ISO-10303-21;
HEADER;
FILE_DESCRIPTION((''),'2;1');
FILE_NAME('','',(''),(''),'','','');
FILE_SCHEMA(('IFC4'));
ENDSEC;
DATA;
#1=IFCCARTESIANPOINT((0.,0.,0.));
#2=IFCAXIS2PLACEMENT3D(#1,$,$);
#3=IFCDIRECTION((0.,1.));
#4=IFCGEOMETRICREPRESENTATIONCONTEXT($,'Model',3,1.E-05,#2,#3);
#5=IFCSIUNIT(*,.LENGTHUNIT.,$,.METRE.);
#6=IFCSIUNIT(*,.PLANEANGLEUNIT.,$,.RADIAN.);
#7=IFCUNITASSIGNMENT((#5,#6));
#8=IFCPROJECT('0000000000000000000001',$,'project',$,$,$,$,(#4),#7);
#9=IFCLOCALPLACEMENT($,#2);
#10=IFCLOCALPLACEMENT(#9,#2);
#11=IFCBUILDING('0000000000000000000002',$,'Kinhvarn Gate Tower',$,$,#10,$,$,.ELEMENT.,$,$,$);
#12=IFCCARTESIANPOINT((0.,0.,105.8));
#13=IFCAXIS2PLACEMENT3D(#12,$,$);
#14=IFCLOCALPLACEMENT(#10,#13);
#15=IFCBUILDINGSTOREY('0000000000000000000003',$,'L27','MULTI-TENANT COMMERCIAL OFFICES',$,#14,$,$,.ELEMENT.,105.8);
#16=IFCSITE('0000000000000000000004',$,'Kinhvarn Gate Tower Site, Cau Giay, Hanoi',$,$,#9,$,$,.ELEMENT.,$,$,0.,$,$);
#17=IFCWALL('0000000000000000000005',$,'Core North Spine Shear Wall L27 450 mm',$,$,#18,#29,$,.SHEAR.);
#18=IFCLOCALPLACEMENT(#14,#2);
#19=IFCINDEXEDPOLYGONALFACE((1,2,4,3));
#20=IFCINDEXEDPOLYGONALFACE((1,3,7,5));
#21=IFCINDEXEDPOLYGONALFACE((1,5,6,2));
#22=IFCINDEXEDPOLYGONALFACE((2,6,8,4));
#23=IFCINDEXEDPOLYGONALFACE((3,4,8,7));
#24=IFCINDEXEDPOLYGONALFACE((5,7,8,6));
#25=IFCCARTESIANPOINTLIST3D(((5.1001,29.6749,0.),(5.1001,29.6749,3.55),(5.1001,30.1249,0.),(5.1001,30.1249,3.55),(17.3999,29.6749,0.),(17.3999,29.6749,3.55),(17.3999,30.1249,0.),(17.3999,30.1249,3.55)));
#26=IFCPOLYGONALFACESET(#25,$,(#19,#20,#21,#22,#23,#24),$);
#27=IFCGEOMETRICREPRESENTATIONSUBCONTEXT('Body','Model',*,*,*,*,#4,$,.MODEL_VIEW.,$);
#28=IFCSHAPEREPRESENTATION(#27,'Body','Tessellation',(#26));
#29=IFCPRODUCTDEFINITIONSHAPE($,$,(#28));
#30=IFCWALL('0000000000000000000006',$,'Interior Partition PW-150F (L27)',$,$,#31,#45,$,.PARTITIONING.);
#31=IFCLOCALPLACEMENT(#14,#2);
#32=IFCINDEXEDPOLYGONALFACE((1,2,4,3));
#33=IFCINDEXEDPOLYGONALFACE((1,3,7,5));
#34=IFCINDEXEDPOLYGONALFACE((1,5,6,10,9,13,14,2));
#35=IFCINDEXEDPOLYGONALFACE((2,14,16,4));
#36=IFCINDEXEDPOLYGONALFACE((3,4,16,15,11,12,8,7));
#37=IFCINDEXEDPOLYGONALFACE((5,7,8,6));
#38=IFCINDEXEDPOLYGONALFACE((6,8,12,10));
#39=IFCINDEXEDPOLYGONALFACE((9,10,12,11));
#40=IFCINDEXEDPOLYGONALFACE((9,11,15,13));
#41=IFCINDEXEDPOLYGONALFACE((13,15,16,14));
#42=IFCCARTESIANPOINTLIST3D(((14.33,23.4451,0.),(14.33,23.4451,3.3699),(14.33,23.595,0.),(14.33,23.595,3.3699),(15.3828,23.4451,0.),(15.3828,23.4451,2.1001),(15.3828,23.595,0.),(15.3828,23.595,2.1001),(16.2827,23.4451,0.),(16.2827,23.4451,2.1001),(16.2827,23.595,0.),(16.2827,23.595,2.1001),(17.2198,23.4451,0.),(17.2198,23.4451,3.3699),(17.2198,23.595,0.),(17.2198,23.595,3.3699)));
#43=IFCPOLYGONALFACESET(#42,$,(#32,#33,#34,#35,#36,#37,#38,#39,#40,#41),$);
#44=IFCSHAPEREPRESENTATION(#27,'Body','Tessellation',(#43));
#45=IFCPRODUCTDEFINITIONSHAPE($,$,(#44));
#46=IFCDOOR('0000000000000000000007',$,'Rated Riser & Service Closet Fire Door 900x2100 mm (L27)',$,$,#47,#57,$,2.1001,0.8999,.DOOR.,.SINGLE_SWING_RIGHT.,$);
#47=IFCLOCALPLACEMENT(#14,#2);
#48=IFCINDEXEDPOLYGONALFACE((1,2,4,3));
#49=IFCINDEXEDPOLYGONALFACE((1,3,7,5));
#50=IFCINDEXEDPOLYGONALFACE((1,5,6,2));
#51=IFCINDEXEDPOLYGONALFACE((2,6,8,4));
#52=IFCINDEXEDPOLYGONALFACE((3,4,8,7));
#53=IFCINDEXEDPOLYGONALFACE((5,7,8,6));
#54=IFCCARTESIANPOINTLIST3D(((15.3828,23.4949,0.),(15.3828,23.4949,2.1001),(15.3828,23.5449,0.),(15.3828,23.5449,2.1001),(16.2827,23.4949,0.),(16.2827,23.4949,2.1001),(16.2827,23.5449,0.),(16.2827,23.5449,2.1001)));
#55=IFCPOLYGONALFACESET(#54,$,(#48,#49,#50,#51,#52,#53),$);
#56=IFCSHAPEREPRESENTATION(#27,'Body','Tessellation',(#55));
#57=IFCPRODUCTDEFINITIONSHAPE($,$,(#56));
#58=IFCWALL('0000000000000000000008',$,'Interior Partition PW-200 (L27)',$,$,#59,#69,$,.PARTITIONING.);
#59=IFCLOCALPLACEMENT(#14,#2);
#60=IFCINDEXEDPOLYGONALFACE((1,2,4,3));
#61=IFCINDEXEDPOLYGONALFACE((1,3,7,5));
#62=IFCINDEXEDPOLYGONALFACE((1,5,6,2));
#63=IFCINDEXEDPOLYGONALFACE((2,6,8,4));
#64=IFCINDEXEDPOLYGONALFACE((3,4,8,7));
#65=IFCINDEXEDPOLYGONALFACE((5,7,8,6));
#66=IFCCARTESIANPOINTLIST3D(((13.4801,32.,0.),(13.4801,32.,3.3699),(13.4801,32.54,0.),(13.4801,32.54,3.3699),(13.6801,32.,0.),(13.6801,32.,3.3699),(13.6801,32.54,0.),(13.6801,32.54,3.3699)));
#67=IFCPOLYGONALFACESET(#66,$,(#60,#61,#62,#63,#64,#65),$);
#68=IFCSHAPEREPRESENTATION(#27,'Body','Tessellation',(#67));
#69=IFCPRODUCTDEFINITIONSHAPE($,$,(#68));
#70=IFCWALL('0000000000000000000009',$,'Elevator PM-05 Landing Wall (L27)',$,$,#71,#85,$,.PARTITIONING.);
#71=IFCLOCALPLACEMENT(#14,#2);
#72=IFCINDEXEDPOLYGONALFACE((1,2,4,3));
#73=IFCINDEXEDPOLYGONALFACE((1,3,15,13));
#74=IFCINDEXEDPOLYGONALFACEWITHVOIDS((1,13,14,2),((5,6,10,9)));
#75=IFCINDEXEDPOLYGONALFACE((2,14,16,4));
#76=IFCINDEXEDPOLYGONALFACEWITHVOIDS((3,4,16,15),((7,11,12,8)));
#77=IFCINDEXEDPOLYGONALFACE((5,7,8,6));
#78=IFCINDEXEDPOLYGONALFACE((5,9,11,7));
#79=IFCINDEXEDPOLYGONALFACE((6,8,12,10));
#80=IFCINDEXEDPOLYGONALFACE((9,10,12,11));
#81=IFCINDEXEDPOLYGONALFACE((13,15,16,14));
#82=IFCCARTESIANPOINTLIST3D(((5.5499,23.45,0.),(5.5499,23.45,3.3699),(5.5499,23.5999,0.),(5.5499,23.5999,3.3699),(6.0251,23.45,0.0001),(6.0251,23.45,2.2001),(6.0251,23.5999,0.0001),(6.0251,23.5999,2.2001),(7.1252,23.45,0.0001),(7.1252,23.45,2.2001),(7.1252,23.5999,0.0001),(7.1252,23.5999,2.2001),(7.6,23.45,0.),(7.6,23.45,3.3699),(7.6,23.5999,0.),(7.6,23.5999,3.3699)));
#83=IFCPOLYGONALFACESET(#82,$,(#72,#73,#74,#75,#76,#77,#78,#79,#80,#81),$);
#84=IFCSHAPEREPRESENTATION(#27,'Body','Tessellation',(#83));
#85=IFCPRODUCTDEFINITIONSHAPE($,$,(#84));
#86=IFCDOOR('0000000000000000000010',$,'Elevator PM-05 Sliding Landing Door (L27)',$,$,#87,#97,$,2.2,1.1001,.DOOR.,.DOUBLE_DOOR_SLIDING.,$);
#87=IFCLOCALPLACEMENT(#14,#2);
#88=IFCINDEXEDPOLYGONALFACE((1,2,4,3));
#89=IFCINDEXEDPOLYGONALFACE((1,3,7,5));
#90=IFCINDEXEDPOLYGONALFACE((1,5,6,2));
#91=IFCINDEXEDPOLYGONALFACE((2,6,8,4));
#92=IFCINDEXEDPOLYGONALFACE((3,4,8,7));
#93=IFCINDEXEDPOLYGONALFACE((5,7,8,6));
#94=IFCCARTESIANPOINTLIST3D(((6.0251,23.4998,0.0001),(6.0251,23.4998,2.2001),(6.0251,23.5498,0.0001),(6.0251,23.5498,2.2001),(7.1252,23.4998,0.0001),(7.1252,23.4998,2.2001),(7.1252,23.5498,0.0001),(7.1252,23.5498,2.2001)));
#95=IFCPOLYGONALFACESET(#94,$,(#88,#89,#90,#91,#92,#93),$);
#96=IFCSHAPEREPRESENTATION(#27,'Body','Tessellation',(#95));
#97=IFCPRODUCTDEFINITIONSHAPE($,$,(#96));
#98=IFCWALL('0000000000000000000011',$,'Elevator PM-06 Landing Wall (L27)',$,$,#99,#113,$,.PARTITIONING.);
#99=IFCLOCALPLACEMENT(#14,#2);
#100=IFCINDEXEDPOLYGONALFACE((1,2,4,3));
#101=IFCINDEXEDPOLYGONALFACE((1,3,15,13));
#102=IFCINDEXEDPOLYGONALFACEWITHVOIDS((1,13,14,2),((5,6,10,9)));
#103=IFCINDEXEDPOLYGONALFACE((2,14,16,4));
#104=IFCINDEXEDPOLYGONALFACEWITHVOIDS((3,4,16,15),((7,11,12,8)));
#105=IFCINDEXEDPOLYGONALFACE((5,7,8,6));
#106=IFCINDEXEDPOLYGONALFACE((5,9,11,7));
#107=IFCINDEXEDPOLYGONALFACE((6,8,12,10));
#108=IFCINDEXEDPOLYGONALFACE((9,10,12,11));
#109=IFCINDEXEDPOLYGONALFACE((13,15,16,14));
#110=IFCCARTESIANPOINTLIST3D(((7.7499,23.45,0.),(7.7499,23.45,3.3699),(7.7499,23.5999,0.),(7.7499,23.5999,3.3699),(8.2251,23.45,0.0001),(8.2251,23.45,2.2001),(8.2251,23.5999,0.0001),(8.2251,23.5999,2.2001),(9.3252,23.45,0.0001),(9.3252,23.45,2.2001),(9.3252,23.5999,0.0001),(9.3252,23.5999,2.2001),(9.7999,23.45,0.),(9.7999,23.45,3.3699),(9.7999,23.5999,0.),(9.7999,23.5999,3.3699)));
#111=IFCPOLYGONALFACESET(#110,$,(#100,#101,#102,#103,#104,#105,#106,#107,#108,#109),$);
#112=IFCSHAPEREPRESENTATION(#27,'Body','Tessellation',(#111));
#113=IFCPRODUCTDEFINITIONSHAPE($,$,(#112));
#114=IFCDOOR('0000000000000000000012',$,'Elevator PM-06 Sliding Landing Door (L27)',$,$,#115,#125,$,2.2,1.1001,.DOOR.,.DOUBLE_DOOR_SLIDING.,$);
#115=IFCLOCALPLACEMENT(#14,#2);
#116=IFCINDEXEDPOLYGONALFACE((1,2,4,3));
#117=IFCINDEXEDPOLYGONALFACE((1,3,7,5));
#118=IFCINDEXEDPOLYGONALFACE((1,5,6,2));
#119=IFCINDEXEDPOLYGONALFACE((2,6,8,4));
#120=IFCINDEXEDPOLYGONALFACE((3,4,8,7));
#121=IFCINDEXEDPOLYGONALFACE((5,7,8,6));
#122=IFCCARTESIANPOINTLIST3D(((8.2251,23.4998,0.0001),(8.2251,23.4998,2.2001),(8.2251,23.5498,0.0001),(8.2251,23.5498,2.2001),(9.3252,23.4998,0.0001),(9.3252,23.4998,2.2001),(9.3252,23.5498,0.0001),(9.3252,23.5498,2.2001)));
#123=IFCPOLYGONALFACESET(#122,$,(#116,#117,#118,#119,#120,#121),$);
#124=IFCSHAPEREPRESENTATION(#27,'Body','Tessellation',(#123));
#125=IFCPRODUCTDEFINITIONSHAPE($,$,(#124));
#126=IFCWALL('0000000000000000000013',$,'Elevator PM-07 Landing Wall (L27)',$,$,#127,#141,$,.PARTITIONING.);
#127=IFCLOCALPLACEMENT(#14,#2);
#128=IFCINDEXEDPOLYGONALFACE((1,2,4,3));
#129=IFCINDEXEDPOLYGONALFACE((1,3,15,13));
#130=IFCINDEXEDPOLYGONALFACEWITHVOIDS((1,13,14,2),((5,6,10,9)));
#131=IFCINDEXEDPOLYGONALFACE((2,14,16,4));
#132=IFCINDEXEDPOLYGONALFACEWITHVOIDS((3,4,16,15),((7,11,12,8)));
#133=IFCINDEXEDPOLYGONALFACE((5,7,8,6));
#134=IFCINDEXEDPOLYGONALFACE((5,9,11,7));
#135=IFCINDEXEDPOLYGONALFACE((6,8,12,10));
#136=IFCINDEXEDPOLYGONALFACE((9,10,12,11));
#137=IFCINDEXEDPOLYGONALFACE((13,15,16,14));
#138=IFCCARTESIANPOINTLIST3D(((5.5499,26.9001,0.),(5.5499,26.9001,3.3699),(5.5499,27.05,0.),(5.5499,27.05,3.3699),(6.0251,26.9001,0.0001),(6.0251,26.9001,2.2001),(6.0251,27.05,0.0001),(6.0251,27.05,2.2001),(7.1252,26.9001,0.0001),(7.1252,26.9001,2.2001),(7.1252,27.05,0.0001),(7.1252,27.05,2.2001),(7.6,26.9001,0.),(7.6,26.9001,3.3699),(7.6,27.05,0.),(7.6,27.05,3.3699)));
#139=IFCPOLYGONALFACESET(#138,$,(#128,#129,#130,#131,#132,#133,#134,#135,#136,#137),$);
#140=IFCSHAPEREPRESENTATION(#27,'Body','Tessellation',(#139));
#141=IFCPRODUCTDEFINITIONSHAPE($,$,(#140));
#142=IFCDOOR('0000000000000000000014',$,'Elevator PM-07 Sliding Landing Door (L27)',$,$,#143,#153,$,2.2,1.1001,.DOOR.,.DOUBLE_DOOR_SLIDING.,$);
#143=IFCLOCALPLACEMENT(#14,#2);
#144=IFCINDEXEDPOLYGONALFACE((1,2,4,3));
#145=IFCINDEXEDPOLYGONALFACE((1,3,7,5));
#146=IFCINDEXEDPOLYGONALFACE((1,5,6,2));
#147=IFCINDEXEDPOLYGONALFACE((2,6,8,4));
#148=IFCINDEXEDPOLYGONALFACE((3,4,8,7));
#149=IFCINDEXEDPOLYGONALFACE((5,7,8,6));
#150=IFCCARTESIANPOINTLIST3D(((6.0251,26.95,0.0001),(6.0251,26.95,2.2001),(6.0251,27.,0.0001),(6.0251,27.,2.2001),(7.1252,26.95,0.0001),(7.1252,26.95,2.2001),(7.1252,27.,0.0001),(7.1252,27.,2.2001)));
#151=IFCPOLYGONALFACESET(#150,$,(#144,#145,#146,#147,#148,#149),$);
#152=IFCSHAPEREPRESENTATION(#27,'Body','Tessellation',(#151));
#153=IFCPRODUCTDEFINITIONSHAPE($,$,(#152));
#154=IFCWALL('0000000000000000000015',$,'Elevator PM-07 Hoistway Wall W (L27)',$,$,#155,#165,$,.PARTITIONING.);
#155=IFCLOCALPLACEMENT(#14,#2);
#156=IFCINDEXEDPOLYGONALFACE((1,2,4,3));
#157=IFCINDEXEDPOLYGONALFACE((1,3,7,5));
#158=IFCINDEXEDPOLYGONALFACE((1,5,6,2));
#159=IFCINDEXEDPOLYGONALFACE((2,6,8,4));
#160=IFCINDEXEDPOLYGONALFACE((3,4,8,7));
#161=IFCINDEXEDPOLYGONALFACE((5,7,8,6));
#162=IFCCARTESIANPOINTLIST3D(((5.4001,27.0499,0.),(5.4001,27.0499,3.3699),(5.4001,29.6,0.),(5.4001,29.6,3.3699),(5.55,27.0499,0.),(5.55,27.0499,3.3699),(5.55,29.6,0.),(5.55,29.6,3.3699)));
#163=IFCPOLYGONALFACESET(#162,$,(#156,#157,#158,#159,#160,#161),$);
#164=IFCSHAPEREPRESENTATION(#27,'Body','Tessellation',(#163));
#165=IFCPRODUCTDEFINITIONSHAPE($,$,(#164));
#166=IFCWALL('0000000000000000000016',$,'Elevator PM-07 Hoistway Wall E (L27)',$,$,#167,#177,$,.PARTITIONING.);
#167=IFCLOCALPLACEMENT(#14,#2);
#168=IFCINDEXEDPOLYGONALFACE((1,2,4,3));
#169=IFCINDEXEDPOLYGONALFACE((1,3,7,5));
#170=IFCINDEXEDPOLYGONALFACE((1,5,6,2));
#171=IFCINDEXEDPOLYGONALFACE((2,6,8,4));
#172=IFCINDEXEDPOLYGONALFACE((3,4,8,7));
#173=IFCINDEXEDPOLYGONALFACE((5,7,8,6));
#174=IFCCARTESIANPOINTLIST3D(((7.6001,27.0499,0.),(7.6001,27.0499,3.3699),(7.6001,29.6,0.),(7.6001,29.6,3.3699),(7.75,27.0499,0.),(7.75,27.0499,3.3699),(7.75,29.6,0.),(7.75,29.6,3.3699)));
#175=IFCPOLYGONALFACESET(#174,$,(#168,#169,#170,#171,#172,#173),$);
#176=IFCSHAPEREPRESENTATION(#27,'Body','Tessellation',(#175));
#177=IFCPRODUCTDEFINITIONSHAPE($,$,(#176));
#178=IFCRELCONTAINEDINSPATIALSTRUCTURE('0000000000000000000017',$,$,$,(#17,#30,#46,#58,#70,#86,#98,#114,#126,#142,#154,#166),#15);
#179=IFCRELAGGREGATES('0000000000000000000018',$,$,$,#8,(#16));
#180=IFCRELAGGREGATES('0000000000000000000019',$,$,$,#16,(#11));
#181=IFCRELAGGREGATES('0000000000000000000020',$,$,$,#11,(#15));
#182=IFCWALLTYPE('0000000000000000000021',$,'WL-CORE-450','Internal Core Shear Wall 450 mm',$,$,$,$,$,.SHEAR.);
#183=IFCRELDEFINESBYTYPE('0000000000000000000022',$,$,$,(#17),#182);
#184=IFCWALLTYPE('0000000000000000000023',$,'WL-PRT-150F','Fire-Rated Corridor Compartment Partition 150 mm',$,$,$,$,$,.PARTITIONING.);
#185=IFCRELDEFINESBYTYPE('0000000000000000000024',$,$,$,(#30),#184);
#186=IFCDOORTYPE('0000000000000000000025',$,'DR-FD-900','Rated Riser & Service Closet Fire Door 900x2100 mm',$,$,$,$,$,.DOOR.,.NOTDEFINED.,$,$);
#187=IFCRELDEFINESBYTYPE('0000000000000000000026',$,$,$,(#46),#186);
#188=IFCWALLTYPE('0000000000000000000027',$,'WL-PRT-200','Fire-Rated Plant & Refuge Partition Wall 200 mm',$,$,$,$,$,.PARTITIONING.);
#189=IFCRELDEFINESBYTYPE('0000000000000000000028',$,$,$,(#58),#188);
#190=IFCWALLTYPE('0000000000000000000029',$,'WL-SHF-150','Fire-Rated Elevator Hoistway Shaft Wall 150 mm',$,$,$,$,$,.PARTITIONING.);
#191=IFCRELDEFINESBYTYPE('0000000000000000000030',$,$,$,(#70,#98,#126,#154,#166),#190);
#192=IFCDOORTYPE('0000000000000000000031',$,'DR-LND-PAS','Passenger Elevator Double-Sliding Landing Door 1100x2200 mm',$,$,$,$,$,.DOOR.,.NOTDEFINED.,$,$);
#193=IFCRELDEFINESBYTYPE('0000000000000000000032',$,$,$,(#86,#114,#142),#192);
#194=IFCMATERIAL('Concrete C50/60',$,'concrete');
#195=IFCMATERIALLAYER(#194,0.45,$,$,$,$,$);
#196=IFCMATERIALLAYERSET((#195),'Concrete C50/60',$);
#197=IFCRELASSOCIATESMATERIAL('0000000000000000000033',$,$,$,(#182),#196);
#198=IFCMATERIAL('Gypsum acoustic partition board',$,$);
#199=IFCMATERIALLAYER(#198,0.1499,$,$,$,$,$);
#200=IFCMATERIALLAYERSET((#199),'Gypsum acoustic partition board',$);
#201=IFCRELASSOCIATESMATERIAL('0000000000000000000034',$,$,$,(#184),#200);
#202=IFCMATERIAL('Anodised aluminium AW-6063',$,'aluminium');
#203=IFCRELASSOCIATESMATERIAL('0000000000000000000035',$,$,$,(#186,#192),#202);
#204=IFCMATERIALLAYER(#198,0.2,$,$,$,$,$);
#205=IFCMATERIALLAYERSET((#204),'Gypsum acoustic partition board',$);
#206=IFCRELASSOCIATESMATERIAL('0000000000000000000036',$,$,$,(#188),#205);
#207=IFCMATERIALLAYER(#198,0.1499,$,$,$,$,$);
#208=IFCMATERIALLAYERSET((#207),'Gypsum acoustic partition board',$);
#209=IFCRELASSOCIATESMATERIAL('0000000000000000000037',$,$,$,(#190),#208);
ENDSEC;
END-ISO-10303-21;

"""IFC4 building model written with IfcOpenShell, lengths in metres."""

from ifc_helpers import new_model, si_unit, direction, frame, frame_2d, origin, place, context, subcontext, project, spatial, rectangle, extrude, material, layer, layer_set, type_object, element, fill, save


model = new_model("IFC4")

# Units and contexts
model_context = context("Model", 3, precision=1e-05, world=origin(), true_north=direction((0.0, 1.0)))
body_context = subcontext(model_context, "Body", "Model", "MODEL_VIEW")
ifc_project = project(units=[si_unit("LENGTHUNIT", "METRE"), si_unit("PLANEANGLEUNIT", "RADIAN")], contexts=[model_context])

# Site, building, storey
site_placement = place(None, origin())
site = spatial("IfcSite", under=ifc_project, at=site_placement, Name="Kinhvarn Gate Tower Site, Cau Giay, Hanoi", CompositionType="ELEMENT", RefElevation=0.0)
building_placement = place(site_placement, origin())
building = spatial("IfcBuilding", under=site, at=building_placement, Name="Kinhvarn Gate Tower", CompositionType="ELEMENT")
storey_placement = place(building_placement, frame((0.0, 0.0, 105.8)))
storey = spatial("IfcBuildingStorey", under=building, at=storey_placement, Name="L27", Description="MULTI-TENANT COMMERCIAL OFFICES", CompositionType="ELEMENT", Elevation=105.8)

# Wall
ifc_material_1 = material(Name="Concrete C50/60", Category="concrete")
ifc_layer_1 = layer(ifc_material_1, 0.45)
ifc_layer_set_1 = layer_set([ifc_layer_1], Name="Concrete C50/60")
wall_type_1 = type_object("IfcWallType", Name="WL-CORE-450", Description="Internal Core Shear Wall 450 mm", PredefinedType="SHEAR", material=ifc_layer_set_1)
wall_1_placement = place(storey_placement, frame((5.1001, 29.8999, 0.0), z_axis=(0.0, 0.0, 1.0), x_axis=(1.0, 0.0, 0.0)))
element("IfcWall", 1, at=wall_1_placement, inside=storey, type_object=wall_type_1, Name="Core North Spine Shear Wall L27 450 mm", PredefinedType="SHEAR", context=body_context, shape_type="SweptSolid", body=[
    extrude(rectangle(XDim=12.2998, YDim=0.45, at=frame_2d((6.1499, 0.0))), origin(), (0.0, 0.0, 1.0), 3.55),
])

# Wall, opening, door
ifc_material_2 = material(Name="Gypsum acoustic partition board")
ifc_layer_2 = layer(ifc_material_2, 0.1499)
ifc_layer_set_2 = layer_set([ifc_layer_2], Name="Gypsum acoustic partition board")
wall_type_2 = type_object("IfcWallType", Name="WL-PRT-150F", Description="Fire-Rated Corridor Compartment Partition 150 mm", PredefinedType="PARTITIONING", material=ifc_layer_set_2)
wall_2_placement = place(storey_placement, frame((14.3301, 23.52, 0.0), z_axis=(0.0, 0.0, 1.0), x_axis=(1.0, 0.0, 0.0)))
wall_2 = element("IfcWall", 2, at=wall_2_placement, inside=storey, type_object=wall_type_2, Name="Interior Partition PW-150F (L27)", PredefinedType="PARTITIONING", context=body_context, shape_type="SweptSolid", body=[
    extrude(rectangle(XDim=2.8899, YDim=0.1499, at=frame_2d((1.4448, 0.0))), origin(), (0.0, 0.0, 1.0), 3.3699),
])
opening_1_placement = place(wall_2_placement, frame((1.0527, 0.0, 0.0)))
opening_1 = element("IfcOpeningElement", 3, at=opening_1_placement, cuts=wall_2, PredefinedType="OPENING", context=body_context, shape_type="SweptSolid", body=[
    extrude(rectangle(XDim=0.8999, YDim=2.1001, at=frame_2d((0.45, 1.05))), frame((0.0, 0.085, 0.0), z_axis=(0.0, -1.0, 0.0), x_axis=(1.0, 0.0, 0.0)), (0.0, 0.0, 1.0), 0.1699),
])
ifc_material_3 = material(Name="Anodised aluminium AW-6063", Category="aluminium")
door_type_1 = type_object("IfcDoorType", Name="DR-FD-900", Description="Rated Riser & Service Closet Fire Door 900x2100 mm", OperationType="NOTDEFINED", PredefinedType="DOOR", material=ifc_material_3)
door_1_placement = place(opening_1_placement, origin())
door_1 = element("IfcDoor", 4, at=door_1_placement, inside=storey, type_object=door_type_1, Name="Rated Riser & Service Closet Fire Door 900x2100 mm (L27)", OperationType="SINGLE_SWING_RIGHT", OverallHeight=2.1001, OverallWidth=0.8999, PredefinedType="DOOR", context=body_context, shape_type="SweptSolid", body=[
    extrude(rectangle(XDim=0.8999, YDim=2.1001, at=frame_2d((0.45, 1.05))), frame((0.0, 0.0249, 0.0), z_axis=(0.0, -1.0, 0.0), x_axis=(1.0, 0.0, 0.0)), (0.0, 0.0, 1.0), 0.05),
])
fill(opening_1, door_1)

# Wall
ifc_layer_3 = layer(ifc_material_2, 0.2)
ifc_layer_set_3 = layer_set([ifc_layer_3], Name="Gypsum acoustic partition board")
wall_type_3 = type_object("IfcWallType", Name="WL-PRT-200", Description="Fire-Rated Plant & Refuge Partition Wall 200 mm", PredefinedType="PARTITIONING", material=ifc_layer_set_3)
wall_3_placement = place(storey_placement, frame((13.5801, 32.0, 0.0), z_axis=(0.0, 0.0, 1.0), x_axis=(0.0, 1.0, 0.0)))
element("IfcWall", 5, at=wall_3_placement, inside=storey, type_object=wall_type_3, Name="Interior Partition PW-200 (L27)", PredefinedType="PARTITIONING", context=body_context, shape_type="SweptSolid", body=[
    extrude(rectangle(XDim=0.54, YDim=0.2, at=frame_2d((0.27, 0.0))), origin(), (0.0, 0.0, 1.0), 3.3699),
])

# Walls, openings, doors
ifc_layer_4 = layer(ifc_material_2, 0.1499)
ifc_layer_set_4 = layer_set([ifc_layer_4], Name="Gypsum acoustic partition board")
wall_type_4 = type_object("IfcWallType", Name="WL-SHF-150", Description="Fire-Rated Elevator Hoistway Shaft Wall 150 mm", PredefinedType="PARTITIONING", material=ifc_layer_set_4)
wall_4_placement = place(storey_placement, frame((5.55, 23.5249, 0.0), z_axis=(0.0, 0.0, 1.0), x_axis=(1.0, 0.0, 0.0)))
wall_4 = element("IfcWall", 6, at=wall_4_placement, inside=storey, type_object=wall_type_4, Name="Elevator PM-05 Landing Wall (L27)", PredefinedType="PARTITIONING", context=body_context, shape_type="SweptSolid", body=[
    extrude(rectangle(XDim=2.05, YDim=0.1499, at=frame_2d((1.0249, 0.0))), origin(), (0.0, 0.0, 1.0), 3.3699),
])
opening_2_placement = place(wall_4_placement, frame((0.4751, 0.0, 0.0)))
opening_2 = element("IfcOpeningElement", 7, at=opening_2_placement, cuts=wall_4, PredefinedType="OPENING", context=body_context, shape_type="SweptSolid", body=[
    extrude(rectangle(XDim=1.1001, YDim=2.2, at=frame_2d((0.55, 1.1001))), frame((0.0, 0.085, 0.0), z_axis=(0.0, -1.0, 0.0), x_axis=(1.0, 0.0, 0.0)), (0.0, 0.0, 1.0), 0.1699),
])
door_type_2 = type_object("IfcDoorType", Name="DR-LND-PAS", Description="Passenger Elevator Double-Sliding Landing Door 1100x2200 mm", OperationType="NOTDEFINED", PredefinedType="DOOR", material=ifc_material_3)
door_2_placement = place(opening_2_placement, origin())
door_2 = element("IfcDoor", 8, at=door_2_placement, inside=storey, type_object=door_type_2, Name="Elevator PM-05 Sliding Landing Door (L27)", OperationType="DOUBLE_DOOR_SLIDING", OverallHeight=2.2, OverallWidth=1.1001, PredefinedType="DOOR", context=body_context, shape_type="SweptSolid", body=[
    extrude(rectangle(XDim=1.1001, YDim=2.2, at=frame_2d((0.55, 1.1001))), frame((0.0, 0.0249, 0.0), z_axis=(0.0, -1.0, 0.0), x_axis=(1.0, 0.0, 0.0)), (0.0, 0.0, 1.0), 0.05),
])
fill(opening_2, door_2)
wall_5_placement = place(storey_placement, frame((7.75, 23.5249, 0.0), z_axis=(0.0, 0.0, 1.0), x_axis=(1.0, 0.0, 0.0)))
wall_5 = element("IfcWall", 9, at=wall_5_placement, inside=storey, type_object=wall_type_4, Name="Elevator PM-06 Landing Wall (L27)", PredefinedType="PARTITIONING", context=body_context, shape_type="SweptSolid", body=[
    extrude(rectangle(XDim=2.05, YDim=0.1499, at=frame_2d((1.0249, 0.0))), origin(), (0.0, 0.0, 1.0), 3.3699),
])
opening_3_placement = place(wall_5_placement, frame((0.4751, 0.0, 0.0)))
opening_3 = element("IfcOpeningElement", 10, at=opening_3_placement, cuts=wall_5, PredefinedType="OPENING", context=body_context, shape_type="SweptSolid", body=[
    extrude(rectangle(XDim=1.1001, YDim=2.2, at=frame_2d((0.55, 1.1001))), frame((0.0, 0.085, 0.0), z_axis=(0.0, -1.0, 0.0), x_axis=(1.0, 0.0, 0.0)), (0.0, 0.0, 1.0), 0.1699),
])
door_3_placement = place(opening_3_placement, origin())
door_3 = element("IfcDoor", 11, at=door_3_placement, inside=storey, type_object=door_type_2, Name="Elevator PM-06 Sliding Landing Door (L27)", OperationType="DOUBLE_DOOR_SLIDING", OverallHeight=2.2, OverallWidth=1.1001, PredefinedType="DOOR", context=body_context, shape_type="SweptSolid", body=[
    extrude(rectangle(XDim=1.1001, YDim=2.2, at=frame_2d((0.55, 1.1001))), frame((0.0, 0.0249, 0.0), z_axis=(0.0, -1.0, 0.0), x_axis=(1.0, 0.0, 0.0)), (0.0, 0.0, 1.0), 0.05),
])
fill(opening_3, door_3)
wall_6_placement = place(storey_placement, frame((5.55, 26.9751, 0.0), z_axis=(0.0, 0.0, 1.0), x_axis=(1.0, 0.0, 0.0)))
wall_6 = element("IfcWall", 12, at=wall_6_placement, inside=storey, type_object=wall_type_4, Name="Elevator PM-07 Landing Wall (L27)", PredefinedType="PARTITIONING", context=body_context, shape_type="SweptSolid", body=[
    extrude(rectangle(XDim=2.05, YDim=0.1499, at=frame_2d((1.0249, 0.0))), origin(), (0.0, 0.0, 1.0), 3.3699),
])
opening_4_placement = place(wall_6_placement, frame((0.4751, 0.0, 0.0)))
opening_4 = element("IfcOpeningElement", 13, at=opening_4_placement, cuts=wall_6, PredefinedType="OPENING", context=body_context, shape_type="SweptSolid", body=[
    extrude(rectangle(XDim=1.1001, YDim=2.2, at=frame_2d((0.55, 1.1001))), frame((0.0, 0.085, 0.0), z_axis=(0.0, -1.0, 0.0), x_axis=(1.0, 0.0, 0.0)), (0.0, 0.0, 1.0), 0.1699),
])
door_4_placement = place(opening_4_placement, origin())
door_4 = element("IfcDoor", 14, at=door_4_placement, inside=storey, type_object=door_type_2, Name="Elevator PM-07 Sliding Landing Door (L27)", OperationType="DOUBLE_DOOR_SLIDING", OverallHeight=2.2, OverallWidth=1.1001, PredefinedType="DOOR", context=body_context, shape_type="SweptSolid", body=[
    extrude(rectangle(XDim=1.1001, YDim=2.2, at=frame_2d((0.55, 1.1001))), frame((0.0, 0.0249, 0.0), z_axis=(0.0, -1.0, 0.0), x_axis=(1.0, 0.0, 0.0)), (0.0, 0.0, 1.0), 0.05),
])
fill(opening_4, door_4)

# Walls
for number, where, z_axis, x_axis, name in (
    (15, (5.4751, 27.05, 0.0), (0.0, 0.0, 1.0), (0.0, 1.0, 0.0), "Elevator PM-07 Hoistway Wall W (L27)"),
    (16, (7.675, 27.05, 0.0), (0.0, 0.0, 1.0), (0.0, 1.0, 0.0), "Elevator PM-07 Hoistway Wall E (L27)"),
):
    element("IfcWall", number, at=place(storey_placement, frame(where, z_axis=z_axis, x_axis=x_axis)), inside=storey, type_object=wall_type_4, Name=name, PredefinedType="PARTITIONING", context=body_context, shape_type="SweptSolid", body=[
        extrude(rectangle(XDim=2.55, YDim=0.1499, at=frame_2d((1.2749, 0.0))), origin(), (0.0, 0.0, 1.0), 3.3699),
    ])

save(model, "model.ifc")
